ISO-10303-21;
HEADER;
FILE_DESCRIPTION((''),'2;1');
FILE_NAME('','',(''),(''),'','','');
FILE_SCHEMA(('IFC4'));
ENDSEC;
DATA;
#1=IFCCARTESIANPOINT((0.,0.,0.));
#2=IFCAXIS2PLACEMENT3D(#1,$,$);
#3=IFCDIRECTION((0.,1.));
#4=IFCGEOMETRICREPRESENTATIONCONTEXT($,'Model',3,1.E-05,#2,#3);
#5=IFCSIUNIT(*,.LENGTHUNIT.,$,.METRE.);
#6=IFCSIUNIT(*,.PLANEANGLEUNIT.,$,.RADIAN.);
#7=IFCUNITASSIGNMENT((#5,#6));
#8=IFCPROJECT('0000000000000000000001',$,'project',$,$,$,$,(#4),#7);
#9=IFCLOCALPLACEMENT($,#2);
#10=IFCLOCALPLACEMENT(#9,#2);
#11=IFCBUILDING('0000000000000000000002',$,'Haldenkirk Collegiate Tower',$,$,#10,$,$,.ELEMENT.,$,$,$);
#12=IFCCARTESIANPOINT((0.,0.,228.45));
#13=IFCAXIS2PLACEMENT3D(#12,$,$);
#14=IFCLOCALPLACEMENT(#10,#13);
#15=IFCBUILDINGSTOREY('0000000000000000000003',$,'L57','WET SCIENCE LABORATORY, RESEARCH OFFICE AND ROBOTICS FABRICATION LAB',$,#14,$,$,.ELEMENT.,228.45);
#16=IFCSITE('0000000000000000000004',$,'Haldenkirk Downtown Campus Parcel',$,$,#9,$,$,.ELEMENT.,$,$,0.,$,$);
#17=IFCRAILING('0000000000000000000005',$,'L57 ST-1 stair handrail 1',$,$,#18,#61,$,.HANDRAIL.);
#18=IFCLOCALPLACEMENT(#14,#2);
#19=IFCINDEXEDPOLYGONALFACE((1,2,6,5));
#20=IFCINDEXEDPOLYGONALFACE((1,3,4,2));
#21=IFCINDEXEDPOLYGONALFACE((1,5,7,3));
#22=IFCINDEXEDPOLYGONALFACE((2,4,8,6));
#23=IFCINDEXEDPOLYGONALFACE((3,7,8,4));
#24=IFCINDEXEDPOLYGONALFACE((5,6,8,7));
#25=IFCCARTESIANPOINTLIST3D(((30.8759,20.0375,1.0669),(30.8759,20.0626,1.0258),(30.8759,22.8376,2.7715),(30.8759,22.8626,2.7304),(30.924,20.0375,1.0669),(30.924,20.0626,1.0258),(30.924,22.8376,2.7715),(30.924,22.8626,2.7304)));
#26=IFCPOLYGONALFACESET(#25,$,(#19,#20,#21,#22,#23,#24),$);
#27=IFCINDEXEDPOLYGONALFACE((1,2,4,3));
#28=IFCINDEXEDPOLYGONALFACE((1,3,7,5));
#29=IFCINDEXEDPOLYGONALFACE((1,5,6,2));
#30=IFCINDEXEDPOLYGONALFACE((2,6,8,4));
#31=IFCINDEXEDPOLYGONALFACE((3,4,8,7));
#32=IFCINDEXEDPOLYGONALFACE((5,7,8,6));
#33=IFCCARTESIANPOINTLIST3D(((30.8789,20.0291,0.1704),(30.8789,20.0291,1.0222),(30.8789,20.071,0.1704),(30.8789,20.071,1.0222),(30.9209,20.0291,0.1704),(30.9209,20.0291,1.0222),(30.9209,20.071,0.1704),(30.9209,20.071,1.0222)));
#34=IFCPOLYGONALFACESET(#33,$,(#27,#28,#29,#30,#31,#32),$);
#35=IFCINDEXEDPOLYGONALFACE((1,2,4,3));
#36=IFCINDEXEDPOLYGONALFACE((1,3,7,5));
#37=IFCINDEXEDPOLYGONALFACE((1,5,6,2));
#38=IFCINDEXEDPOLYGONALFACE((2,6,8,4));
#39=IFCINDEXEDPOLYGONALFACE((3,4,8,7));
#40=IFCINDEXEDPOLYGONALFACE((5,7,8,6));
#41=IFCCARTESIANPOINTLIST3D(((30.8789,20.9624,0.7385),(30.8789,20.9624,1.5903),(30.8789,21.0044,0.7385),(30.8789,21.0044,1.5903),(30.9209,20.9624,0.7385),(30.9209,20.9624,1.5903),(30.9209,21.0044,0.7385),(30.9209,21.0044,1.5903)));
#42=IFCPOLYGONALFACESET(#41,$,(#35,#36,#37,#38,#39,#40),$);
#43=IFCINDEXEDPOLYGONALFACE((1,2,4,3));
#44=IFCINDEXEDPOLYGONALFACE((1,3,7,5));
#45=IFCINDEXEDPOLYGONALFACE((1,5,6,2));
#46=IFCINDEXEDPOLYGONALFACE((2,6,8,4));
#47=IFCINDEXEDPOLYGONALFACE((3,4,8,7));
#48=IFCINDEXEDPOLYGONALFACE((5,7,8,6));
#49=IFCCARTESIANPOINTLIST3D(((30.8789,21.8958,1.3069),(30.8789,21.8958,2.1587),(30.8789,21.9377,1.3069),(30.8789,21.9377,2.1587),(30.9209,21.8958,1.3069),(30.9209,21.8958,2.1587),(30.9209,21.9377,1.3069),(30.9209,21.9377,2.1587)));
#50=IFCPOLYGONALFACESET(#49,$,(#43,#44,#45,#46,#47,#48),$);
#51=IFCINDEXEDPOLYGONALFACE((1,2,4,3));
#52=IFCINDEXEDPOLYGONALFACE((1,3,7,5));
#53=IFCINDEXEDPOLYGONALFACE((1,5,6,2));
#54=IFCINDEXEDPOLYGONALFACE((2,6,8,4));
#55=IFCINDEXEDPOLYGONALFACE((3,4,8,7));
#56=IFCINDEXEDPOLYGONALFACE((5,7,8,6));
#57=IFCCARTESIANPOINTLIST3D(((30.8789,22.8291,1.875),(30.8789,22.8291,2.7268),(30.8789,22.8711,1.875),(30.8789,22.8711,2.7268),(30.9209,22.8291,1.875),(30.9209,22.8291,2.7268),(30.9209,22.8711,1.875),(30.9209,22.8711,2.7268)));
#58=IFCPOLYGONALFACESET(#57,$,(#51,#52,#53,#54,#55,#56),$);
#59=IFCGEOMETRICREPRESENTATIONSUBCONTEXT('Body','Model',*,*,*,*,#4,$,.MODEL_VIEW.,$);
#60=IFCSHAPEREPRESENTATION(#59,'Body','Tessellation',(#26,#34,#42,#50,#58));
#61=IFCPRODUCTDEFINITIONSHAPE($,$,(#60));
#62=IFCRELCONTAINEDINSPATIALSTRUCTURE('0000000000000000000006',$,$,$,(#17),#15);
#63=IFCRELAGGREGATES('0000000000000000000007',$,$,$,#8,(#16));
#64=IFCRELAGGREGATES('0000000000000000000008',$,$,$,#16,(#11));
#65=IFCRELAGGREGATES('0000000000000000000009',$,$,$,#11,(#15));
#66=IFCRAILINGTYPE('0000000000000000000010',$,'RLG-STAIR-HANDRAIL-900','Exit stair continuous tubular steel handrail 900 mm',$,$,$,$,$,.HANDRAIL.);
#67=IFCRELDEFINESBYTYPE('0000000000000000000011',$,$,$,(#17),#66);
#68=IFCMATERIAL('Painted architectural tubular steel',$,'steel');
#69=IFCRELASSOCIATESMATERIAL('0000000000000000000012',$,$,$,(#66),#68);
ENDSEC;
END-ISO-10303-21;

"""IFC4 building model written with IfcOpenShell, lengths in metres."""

from ifc_helpers import new_model, si_unit, direction, frame, origin, origin_2d, place, context, subcontext, project, spatial, rectangle, extrude, material, type_object, element, save


model = new_model("IFC4")

# Units and contexts
model_context = context("Model", 3, precision=1e-05, world=origin(), true_north=direction((0.0, 1.0)))
body_context = subcontext(model_context, "Body", "Model", "MODEL_VIEW")
ifc_project = project(units=[si_unit("LENGTHUNIT", "METRE"), si_unit("PLANEANGLEUNIT", "RADIAN")], contexts=[model_context])

# Site, building, storey
site_placement = place(None, origin())
site = spatial("IfcSite", under=ifc_project, at=site_placement, Name="Haldenkirk Downtown Campus Parcel", CompositionType="ELEMENT", RefElevation=0.0)
building_placement = place(site_placement, origin())
building = spatial("IfcBuilding", under=site, at=building_placement, Name="Haldenkirk Collegiate Tower", CompositionType="ELEMENT")
storey_placement = place(building_placement, frame((0.0, 0.0, 228.45)))
storey = spatial("IfcBuildingStorey", under=building, at=storey_placement, Name="L57", Description="WET SCIENCE LABORATORY, RESEARCH OFFICE AND ROBOTICS FABRICATION LAB", CompositionType="ELEMENT", Elevation=228.45)

# Railing
ifc_material_1 = material(Name="Painted architectural tubular steel", Category="steel")
railing_type_1 = type_object("IfcRailingType", Name="RLG-STAIR-HANDRAIL-900", Description="Exit stair continuous tubular steel handrail 900 mm", PredefinedType="HANDRAIL", material=ifc_material_1)
railing_1_placement = place(storey_placement, frame((30.8999, 20.05, 0.1704)))
element("IfcRailing", 1, at=railing_1_placement, inside=storey, type_object=railing_type_1, Name="L57 ST-1 stair handrail 1", PredefinedType="HANDRAIL", context=body_context, shape_type="SweptSolid", body=[
    extrude(rectangle(XDim=0.0481, YDim=0.0481, at=origin_2d()), frame((0.0, 0.0, 0.876), z_axis=(0.0, 0.85417, 0.519994), x_axis=(-1.0, 0.0, 0.0)), (0.0, 0.0, 1.0), 3.2781),
    extrude(rectangle(XDim=0.042, YDim=0.042, at=origin_2d()), origin(), (0.0, 0.0, 1.0), 0.8518),
    extrude(rectangle(XDim=0.042, YDim=0.042, at=origin_2d()), frame((0.0, 0.9333, 0.5681)), (0.0, 0.0, 1.0), 0.8518),
    extrude(rectangle(XDim=0.042, YDim=0.042, at=origin_2d()), frame((0.0, 1.8667, 1.1365)), (0.0, 0.0, 1.0), 0.8518),
    extrude(rectangle(XDim=0.042, YDim=0.042, at=origin_2d()), frame((0.0, 2.8, 1.7046)), (0.0, 0.0, 1.0), 0.8518),
])

save(model, "model.ifc")
